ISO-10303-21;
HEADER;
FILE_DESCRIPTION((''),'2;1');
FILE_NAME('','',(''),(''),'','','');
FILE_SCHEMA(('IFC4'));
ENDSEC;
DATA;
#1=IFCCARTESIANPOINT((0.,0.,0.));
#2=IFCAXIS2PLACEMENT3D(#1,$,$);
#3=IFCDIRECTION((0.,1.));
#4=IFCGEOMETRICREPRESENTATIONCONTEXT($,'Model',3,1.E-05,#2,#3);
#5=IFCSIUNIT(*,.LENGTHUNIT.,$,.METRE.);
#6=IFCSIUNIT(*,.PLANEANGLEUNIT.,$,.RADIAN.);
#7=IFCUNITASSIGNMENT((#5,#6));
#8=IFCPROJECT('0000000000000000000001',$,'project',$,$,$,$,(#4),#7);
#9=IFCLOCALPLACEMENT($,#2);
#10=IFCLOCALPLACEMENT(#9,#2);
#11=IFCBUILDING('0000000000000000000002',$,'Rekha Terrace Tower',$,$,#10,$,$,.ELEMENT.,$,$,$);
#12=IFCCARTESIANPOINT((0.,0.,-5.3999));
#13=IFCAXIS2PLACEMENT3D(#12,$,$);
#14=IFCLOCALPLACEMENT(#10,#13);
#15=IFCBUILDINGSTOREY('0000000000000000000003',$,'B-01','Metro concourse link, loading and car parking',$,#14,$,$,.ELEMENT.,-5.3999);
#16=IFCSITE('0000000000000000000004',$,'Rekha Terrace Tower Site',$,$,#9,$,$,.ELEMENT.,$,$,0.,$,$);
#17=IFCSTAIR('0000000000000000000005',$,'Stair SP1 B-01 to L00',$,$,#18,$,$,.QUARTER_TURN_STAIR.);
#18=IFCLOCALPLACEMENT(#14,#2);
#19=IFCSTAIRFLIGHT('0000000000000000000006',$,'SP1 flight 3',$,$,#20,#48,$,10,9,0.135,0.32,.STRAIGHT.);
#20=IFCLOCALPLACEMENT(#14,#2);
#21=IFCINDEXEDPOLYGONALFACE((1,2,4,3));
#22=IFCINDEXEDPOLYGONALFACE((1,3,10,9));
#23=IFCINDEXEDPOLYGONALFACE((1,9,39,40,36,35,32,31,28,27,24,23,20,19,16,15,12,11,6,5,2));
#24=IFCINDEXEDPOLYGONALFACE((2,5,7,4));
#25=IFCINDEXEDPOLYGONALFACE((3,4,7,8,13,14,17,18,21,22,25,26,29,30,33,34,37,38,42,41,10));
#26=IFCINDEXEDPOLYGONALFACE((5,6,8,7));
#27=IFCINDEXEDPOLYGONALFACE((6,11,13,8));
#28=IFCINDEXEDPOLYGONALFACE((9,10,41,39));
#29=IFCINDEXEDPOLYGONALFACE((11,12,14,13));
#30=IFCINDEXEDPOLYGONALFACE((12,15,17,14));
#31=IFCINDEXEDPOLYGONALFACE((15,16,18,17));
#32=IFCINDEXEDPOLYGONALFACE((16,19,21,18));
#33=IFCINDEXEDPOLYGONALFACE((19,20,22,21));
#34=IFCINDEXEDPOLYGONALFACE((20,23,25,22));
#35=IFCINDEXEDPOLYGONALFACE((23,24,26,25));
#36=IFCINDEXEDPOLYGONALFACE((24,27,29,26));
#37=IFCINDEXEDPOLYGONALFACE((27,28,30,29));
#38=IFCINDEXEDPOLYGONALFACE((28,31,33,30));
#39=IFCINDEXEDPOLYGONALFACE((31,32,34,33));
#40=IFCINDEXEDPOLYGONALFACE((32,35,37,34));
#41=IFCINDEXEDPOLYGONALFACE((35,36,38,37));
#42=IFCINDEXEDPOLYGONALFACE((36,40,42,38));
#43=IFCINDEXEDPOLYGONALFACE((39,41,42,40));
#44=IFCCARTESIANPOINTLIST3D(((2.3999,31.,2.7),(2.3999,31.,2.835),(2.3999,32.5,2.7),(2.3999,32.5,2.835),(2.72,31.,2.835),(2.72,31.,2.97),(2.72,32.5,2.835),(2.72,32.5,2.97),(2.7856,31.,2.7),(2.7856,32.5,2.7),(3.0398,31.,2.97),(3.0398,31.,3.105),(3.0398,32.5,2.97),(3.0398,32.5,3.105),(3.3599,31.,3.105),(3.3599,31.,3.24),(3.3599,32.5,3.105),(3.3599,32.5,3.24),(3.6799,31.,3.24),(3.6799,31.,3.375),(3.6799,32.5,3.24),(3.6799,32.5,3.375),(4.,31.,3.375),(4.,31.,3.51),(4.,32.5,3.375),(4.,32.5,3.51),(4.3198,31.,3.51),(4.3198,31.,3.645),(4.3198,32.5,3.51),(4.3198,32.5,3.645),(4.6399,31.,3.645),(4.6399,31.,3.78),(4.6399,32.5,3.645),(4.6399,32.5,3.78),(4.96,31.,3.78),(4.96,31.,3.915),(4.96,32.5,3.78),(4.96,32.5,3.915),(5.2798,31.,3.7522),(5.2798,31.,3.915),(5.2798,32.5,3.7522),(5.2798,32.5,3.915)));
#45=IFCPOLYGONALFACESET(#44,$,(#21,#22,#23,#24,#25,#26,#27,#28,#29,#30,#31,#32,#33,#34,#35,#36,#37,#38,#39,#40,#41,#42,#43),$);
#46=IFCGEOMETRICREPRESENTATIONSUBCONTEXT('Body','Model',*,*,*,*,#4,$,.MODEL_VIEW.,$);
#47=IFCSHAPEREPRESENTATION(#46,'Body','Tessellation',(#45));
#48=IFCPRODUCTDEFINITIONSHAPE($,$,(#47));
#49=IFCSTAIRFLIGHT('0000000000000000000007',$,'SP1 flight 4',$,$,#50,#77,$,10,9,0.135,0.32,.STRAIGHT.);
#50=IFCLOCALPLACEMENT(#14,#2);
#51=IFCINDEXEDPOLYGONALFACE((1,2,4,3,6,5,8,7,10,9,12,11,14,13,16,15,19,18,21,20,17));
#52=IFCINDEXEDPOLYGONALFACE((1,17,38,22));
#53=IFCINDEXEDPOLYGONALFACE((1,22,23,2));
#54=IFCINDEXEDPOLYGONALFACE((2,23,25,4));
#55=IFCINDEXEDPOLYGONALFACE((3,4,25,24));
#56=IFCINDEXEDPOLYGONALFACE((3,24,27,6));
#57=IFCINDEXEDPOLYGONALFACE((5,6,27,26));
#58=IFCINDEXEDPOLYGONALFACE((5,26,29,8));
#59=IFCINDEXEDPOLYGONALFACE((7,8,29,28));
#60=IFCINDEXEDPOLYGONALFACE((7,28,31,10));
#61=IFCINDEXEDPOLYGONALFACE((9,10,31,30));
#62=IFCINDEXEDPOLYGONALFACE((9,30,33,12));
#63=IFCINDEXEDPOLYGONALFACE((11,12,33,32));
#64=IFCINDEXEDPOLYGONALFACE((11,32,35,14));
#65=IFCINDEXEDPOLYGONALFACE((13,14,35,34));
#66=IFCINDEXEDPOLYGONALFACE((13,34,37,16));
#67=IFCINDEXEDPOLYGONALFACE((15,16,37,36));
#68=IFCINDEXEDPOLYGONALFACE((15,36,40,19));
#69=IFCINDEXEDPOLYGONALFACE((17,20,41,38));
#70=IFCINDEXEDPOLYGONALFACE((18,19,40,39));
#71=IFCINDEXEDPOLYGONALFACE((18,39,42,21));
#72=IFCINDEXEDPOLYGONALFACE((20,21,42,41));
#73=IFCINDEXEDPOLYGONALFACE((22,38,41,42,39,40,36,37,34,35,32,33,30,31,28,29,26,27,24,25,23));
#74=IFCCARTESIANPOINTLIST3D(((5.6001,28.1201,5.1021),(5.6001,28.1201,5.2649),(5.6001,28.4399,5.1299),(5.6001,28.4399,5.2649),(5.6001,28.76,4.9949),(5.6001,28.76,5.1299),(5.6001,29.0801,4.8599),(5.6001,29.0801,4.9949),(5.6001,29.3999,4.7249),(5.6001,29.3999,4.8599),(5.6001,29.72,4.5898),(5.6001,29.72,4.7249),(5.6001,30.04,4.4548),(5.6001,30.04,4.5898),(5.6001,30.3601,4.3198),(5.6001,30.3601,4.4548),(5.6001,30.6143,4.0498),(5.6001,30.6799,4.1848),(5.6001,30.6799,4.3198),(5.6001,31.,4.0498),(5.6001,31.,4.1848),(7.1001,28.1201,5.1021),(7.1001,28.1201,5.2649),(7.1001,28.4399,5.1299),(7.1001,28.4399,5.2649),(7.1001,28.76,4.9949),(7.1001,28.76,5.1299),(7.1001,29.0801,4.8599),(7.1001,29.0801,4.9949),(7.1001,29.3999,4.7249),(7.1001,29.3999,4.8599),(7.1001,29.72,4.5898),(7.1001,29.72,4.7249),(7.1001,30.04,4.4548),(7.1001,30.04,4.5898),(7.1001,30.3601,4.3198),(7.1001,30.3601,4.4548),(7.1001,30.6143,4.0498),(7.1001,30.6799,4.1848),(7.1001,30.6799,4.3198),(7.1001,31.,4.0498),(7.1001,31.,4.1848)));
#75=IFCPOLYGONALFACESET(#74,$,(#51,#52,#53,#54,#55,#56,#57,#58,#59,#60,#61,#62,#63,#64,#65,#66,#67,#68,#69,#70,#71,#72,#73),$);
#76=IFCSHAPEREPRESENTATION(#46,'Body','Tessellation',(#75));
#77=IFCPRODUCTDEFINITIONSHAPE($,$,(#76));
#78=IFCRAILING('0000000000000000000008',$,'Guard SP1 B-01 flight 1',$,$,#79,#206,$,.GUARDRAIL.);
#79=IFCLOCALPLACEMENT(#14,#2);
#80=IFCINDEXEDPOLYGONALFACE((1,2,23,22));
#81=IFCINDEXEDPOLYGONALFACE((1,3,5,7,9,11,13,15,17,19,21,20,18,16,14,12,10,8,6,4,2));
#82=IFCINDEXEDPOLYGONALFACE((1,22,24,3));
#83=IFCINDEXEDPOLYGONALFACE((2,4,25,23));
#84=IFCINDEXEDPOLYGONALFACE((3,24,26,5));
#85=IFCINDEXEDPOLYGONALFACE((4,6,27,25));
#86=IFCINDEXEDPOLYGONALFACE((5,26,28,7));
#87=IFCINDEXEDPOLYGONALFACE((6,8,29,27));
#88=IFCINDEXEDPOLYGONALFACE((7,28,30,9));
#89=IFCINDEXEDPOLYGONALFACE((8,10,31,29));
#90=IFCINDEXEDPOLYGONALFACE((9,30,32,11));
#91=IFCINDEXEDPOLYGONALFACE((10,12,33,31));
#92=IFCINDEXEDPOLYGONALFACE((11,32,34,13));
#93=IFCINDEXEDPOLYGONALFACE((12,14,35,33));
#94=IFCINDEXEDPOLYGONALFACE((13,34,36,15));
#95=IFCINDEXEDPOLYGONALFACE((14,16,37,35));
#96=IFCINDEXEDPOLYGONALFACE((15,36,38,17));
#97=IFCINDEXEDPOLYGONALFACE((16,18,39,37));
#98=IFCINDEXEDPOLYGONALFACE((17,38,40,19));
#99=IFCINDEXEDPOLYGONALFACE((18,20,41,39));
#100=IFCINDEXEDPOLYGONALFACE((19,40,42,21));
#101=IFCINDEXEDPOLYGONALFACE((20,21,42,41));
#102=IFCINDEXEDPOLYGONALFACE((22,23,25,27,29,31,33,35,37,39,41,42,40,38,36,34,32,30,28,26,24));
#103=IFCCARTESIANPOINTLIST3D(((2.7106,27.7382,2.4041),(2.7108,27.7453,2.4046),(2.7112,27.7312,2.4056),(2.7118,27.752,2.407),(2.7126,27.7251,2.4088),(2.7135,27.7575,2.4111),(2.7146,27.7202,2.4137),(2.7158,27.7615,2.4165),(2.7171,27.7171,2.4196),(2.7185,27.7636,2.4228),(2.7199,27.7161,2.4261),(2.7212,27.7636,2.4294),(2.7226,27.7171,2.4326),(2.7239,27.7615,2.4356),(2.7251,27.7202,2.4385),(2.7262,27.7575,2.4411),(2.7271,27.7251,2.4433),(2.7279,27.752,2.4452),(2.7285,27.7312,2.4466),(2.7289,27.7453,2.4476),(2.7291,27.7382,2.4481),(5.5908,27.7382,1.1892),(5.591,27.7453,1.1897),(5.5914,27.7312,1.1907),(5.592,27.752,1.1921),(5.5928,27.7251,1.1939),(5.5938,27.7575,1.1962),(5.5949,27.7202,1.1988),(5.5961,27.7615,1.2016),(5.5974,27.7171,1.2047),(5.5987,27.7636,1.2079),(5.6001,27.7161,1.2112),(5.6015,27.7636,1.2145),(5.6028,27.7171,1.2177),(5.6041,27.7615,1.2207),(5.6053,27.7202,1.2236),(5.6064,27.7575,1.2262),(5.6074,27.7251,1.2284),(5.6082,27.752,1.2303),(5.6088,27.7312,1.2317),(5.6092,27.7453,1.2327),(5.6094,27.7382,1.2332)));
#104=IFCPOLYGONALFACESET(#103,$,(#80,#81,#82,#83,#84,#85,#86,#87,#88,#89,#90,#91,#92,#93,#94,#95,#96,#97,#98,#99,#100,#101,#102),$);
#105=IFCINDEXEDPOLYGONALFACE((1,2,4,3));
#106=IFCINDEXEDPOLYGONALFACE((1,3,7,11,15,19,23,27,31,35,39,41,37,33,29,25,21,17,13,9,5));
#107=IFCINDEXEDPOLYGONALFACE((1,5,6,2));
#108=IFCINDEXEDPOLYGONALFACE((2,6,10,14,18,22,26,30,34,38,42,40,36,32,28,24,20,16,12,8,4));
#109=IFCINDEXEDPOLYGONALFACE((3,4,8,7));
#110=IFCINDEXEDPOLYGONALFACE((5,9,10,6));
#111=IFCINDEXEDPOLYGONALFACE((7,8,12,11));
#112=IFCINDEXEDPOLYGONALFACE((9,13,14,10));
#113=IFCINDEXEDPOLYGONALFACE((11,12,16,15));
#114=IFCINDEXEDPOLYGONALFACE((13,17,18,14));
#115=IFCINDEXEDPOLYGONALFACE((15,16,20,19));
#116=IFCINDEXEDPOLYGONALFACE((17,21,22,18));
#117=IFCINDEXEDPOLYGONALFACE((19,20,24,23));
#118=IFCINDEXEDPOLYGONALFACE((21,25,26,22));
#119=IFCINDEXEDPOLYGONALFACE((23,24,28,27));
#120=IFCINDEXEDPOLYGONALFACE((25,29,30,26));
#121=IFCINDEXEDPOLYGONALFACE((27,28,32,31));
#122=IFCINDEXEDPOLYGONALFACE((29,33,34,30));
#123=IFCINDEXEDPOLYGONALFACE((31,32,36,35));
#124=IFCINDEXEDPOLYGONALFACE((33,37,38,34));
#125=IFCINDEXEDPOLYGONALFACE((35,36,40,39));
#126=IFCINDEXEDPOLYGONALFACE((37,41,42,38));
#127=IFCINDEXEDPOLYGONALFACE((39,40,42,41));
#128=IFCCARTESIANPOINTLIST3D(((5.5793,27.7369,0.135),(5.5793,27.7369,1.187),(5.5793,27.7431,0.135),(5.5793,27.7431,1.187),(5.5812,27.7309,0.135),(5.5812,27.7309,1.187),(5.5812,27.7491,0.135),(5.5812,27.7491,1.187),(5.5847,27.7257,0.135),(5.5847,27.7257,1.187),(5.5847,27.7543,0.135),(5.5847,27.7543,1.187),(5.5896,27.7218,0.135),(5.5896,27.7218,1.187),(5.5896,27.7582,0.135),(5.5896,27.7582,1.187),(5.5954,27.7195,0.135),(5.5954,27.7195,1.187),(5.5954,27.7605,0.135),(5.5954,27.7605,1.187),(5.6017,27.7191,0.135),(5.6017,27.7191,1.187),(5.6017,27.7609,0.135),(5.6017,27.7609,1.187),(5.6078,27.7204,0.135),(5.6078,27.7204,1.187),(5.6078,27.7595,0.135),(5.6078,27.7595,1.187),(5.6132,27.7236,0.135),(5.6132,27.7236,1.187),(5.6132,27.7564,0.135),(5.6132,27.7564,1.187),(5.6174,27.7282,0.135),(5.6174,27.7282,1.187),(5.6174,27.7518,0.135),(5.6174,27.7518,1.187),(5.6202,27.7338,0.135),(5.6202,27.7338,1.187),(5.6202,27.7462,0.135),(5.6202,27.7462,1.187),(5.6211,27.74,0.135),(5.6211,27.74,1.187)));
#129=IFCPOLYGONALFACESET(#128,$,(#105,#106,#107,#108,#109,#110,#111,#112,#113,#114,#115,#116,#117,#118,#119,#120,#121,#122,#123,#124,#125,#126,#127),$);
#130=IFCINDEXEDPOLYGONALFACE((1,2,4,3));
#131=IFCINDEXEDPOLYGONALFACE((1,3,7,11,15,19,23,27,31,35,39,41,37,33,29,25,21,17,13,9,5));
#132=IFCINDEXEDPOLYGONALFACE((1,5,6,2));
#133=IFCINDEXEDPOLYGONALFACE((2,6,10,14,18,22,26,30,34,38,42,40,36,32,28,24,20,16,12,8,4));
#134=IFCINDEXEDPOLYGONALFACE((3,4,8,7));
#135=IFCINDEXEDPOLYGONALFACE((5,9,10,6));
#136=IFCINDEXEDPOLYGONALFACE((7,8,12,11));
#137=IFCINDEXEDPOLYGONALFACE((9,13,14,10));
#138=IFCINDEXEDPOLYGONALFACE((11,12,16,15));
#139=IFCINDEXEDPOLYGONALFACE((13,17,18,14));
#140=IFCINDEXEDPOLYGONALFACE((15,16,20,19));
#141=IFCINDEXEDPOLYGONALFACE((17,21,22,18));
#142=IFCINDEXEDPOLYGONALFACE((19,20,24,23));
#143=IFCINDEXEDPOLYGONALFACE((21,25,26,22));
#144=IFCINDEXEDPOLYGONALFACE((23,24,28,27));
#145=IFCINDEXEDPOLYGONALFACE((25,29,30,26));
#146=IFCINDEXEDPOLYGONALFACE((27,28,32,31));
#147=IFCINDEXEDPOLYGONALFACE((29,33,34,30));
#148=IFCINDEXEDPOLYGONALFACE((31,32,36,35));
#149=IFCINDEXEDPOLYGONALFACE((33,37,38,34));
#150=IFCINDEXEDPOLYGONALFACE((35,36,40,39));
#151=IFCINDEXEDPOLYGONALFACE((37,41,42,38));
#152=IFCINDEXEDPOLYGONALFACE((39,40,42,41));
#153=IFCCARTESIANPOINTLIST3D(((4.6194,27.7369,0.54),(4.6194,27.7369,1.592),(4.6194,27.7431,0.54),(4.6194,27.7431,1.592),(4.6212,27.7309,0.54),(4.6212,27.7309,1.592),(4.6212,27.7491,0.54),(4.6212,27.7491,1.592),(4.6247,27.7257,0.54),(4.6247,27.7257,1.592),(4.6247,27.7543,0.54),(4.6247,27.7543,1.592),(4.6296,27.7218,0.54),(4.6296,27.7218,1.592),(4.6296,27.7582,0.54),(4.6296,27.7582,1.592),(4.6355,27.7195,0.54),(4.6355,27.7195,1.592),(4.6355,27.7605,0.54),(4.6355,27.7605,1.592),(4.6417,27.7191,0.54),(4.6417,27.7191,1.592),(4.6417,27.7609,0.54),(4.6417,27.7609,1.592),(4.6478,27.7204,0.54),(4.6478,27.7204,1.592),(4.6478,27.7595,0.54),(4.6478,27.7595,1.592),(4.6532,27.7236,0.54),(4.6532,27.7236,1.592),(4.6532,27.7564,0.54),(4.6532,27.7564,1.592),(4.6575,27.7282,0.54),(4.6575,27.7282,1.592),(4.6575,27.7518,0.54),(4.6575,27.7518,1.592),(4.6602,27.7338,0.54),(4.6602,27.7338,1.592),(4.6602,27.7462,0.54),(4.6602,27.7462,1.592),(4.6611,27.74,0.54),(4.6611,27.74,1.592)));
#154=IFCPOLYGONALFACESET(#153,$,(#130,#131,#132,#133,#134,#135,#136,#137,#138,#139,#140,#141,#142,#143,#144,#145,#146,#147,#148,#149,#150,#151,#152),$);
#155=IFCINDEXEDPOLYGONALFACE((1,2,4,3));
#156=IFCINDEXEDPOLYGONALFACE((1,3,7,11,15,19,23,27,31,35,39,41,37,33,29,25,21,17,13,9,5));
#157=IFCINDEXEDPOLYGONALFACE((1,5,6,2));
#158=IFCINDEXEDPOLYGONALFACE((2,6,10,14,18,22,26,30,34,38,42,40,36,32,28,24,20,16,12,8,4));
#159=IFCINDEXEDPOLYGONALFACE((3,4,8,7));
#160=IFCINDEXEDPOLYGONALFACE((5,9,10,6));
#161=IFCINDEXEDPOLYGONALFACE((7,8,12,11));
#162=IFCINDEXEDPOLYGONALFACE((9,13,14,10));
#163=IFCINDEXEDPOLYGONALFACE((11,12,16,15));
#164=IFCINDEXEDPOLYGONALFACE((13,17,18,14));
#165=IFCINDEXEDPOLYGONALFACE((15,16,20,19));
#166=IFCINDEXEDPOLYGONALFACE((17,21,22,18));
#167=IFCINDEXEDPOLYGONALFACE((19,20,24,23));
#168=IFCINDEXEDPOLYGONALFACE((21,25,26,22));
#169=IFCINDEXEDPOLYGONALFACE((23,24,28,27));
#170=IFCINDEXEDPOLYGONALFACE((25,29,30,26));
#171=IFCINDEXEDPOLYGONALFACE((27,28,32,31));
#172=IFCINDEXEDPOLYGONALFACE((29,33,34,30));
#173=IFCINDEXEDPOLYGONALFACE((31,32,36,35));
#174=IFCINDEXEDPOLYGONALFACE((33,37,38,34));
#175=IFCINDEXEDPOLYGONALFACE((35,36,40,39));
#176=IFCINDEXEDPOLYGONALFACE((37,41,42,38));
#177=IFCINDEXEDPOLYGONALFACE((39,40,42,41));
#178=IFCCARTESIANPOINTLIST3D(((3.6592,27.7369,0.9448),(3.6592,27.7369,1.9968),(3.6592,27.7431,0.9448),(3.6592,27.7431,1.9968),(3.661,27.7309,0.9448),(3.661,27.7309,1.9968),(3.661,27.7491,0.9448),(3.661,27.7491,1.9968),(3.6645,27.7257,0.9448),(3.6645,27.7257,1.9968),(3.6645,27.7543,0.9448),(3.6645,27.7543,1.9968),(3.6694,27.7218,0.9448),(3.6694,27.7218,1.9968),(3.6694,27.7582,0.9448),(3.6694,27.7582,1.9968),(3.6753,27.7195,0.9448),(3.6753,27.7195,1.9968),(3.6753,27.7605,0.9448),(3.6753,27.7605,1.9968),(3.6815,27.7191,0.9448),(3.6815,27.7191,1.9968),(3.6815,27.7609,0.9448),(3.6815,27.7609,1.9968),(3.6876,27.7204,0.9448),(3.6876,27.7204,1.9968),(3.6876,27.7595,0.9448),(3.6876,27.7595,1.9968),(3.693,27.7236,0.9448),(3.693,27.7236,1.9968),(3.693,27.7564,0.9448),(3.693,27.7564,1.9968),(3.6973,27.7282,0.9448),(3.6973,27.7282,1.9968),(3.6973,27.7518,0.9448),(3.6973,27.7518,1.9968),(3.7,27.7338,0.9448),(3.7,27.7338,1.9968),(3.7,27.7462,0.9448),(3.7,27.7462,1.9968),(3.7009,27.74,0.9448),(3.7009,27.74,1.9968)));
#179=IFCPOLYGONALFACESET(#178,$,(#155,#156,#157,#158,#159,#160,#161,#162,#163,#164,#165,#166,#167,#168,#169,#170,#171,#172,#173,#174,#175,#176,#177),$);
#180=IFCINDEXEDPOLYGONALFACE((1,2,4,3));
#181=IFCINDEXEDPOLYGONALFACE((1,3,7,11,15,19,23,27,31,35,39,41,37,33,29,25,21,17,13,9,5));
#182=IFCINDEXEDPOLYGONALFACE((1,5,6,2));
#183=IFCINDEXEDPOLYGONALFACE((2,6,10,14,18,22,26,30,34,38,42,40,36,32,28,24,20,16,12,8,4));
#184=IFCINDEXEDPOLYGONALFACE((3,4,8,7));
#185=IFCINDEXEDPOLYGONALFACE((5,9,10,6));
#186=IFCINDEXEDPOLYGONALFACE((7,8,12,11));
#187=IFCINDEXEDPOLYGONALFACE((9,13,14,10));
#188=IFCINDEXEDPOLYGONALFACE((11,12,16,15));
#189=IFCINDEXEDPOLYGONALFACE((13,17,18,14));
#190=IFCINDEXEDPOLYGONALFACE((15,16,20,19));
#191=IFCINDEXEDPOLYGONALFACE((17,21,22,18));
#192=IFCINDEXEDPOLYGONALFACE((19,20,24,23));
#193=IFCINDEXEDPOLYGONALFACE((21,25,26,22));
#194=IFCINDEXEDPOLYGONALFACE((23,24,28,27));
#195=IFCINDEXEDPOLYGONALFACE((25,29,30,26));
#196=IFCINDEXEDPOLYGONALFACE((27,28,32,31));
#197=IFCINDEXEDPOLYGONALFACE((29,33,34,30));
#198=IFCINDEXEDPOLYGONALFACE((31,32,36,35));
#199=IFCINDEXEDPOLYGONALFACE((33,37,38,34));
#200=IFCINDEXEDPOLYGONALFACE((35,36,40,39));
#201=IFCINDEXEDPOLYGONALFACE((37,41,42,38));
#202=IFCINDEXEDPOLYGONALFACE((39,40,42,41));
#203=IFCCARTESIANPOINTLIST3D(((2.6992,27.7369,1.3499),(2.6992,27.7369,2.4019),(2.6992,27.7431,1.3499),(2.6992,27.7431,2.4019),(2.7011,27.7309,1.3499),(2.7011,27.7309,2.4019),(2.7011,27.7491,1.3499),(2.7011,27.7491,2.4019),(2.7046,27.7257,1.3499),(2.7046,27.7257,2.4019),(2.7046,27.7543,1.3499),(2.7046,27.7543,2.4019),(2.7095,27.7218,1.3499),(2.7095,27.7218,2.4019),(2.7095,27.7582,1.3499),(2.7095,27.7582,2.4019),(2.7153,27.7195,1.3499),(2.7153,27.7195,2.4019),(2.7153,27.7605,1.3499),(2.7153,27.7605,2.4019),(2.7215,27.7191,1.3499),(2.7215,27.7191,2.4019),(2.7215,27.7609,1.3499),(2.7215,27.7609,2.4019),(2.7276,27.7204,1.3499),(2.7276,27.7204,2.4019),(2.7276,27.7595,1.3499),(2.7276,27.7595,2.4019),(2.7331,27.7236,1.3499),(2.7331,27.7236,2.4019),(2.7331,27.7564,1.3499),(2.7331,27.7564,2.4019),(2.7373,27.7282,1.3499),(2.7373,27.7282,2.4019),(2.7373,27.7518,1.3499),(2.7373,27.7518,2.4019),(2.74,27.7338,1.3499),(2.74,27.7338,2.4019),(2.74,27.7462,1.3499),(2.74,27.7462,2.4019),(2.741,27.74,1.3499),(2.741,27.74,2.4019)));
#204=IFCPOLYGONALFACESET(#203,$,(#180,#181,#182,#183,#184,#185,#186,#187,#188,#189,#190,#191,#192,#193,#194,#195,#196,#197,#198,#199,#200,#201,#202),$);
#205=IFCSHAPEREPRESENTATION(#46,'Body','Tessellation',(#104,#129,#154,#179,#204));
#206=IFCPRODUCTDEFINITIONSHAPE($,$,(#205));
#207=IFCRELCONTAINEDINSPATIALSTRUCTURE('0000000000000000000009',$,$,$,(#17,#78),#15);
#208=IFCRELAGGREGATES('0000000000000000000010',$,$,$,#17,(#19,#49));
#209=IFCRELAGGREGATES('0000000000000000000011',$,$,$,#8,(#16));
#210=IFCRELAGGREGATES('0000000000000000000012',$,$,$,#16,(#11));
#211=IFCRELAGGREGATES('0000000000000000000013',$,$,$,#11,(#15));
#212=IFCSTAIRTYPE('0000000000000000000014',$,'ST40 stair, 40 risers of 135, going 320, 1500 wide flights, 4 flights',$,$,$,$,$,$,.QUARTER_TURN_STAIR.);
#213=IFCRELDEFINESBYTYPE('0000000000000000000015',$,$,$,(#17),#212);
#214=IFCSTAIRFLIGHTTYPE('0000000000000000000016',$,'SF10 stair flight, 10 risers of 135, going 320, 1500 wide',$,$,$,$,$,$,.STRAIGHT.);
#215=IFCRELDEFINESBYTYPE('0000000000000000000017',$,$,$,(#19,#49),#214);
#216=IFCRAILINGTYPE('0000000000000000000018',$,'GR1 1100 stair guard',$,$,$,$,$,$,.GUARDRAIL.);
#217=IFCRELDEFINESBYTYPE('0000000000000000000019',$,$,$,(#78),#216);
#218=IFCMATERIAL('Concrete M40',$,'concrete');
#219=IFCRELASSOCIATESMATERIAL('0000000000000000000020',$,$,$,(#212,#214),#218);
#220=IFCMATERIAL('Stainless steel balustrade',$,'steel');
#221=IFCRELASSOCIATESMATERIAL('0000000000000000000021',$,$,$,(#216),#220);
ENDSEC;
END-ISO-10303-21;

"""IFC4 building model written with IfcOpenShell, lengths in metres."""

from ifc_helpers import new_model, si_unit, direction, frame, origin, origin_2d, place, context, subcontext, project, spatial, polyline, circle, outline, extrude, material, type_object, element, aggregate, save


model = new_model("IFC4")

# Units and contexts
model_context = context("Model", 3, precision=1e-05, world=origin(), true_north=direction((0.0, 1.0)))
body_context = subcontext(model_context, "Body", "Model", "MODEL_VIEW")
ifc_project = project(units=[si_unit("LENGTHUNIT", "METRE"), si_unit("PLANEANGLEUNIT", "RADIAN")], contexts=[model_context])

# Site, building, storey
site_placement = place(None, origin())
site = spatial("IfcSite", under=ifc_project, at=site_placement, Name="Rekha Terrace Tower Site", CompositionType="ELEMENT", RefElevation=0.0)
building_placement = place(site_placement, origin())
building = spatial("IfcBuilding", under=site, at=building_placement, Name="Rekha Terrace Tower", CompositionType="ELEMENT")
storey_placement = place(building_placement, frame((0.0, 0.0, -5.3999)))
storey = spatial("IfcBuildingStorey", under=building, at=storey_placement, Name="B-01", Description="Metro concourse link, loading and car parking", CompositionType="ELEMENT", Elevation=-5.3999)

# Shared definitions
ifc_material_1 = material(Name="Concrete M40", Category="concrete")

# Stair, stair flights
stair_type = type_object("IfcStairType", Name="ST40 stair, 40 risers of 135, going 320, 1500 wide flights, 4 flights", PredefinedType="QUARTER_TURN_STAIR", material=ifc_material_1)
stair_placement = place(storey_placement, origin())
stair = element("IfcStair", 1, at=stair_placement, inside=storey, type_object=stair_type, Name="Stair SP1 B-01 to L00", PredefinedType="QUARTER_TURN_STAIR")
stair_flight_type = type_object("IfcStairFlightType", Name="SF10 stair flight, 10 risers of 135, going 320, 1500 wide", PredefinedType="STRAIGHT", material=ifc_material_1)
stair_flight_1_placement = place(storey_placement, frame((2.3999, 31.75, 2.7), z_axis=(0.0, 0.0, 1.0), x_axis=(1.0, 0.0, 0.0)))
stair_flight_1 = element("IfcStairFlight", 2, at=stair_flight_1_placement, type_object=stair_flight_type, Name="SP1 flight 3", NumberOfRisers=10, NumberOfTreads=9, PredefinedType="STRAIGHT", RiserHeight=0.135, TreadLength=0.32, context=body_context, shape_type="SweptSolid", body=[
    extrude(outline(polyline([(0.0, 0.0), (0.0, 0.135), (0.3201, 0.135), (0.3201, 0.27), (0.6399, 0.27), (0.6399, 0.405), (0.96, 0.405), (0.96, 0.54), (1.28, 0.54), (1.28, 0.675), (1.6001, 0.675), (1.6001, 0.8101), (1.9199, 0.8101), (1.9199, 0.9451), (2.24, 0.9451), (2.24, 1.0801), (2.5601, 1.0801), (2.5601, 1.2151), (2.8799, 1.2151), (2.8799, 1.3501), (2.8799, 1.0522), (0.3857, 0.0), (0.0, 0.0)])), frame((0.0, 0.75, 0.0), z_axis=(0.0, -1.0, 0.0), x_axis=(1.0, 0.0, 0.0)), (0.0, 0.0, 1.0), 1.5),
])
stair_flight_2_placement = place(storey_placement, frame((6.3501, 31.0, 4.0498), z_axis=(0.0, 0.0, 1.0), x_axis=(0.0, -1.0, 0.0)))
stair_flight_2 = element("IfcStairFlight", 3, at=stair_flight_2_placement, type_object=stair_flight_type, Name="SP1 flight 4", NumberOfRisers=10, NumberOfTreads=9, PredefinedType="STRAIGHT", RiserHeight=0.135, TreadLength=0.32, context=body_context, shape_type="SweptSolid", body=[
    extrude(outline(polyline([(0.0, 0.0), (0.0, 0.135), (0.3201, 0.135), (0.3201, 0.27), (0.6399, 0.27), (0.6399, 0.405), (0.96, 0.405), (0.96, 0.54), (1.28, 0.54), (1.28, 0.675), (1.6001, 0.675), (1.6001, 0.8101), (1.9199, 0.8101), (1.9199, 0.9451), (2.24, 0.9451), (2.24, 1.0801), (2.5601, 1.0801), (2.5601, 1.2151), (2.8799, 1.2151), (2.8799, 1.3501), (2.8799, 1.0522), (0.3857, 0.0), (0.0, 0.0)])), frame((0.0, 0.75, 0.0), z_axis=(0.0, -1.0, 0.0), x_axis=(1.0, 0.0, 0.0)), (0.0, 0.0, 1.0), 1.5),
])
aggregate(stair, [stair_flight_1, stair_flight_2])

# Railing
ifc_material_2 = material(Name="Stainless steel balustrade", Category="steel")
railing_type_1 = type_object("IfcRailingType", Name="GR1 1100 stair guard", PredefinedType="GUARDRAIL", material=ifc_material_2)
railing_1_placement = place(storey_placement, frame((5.6001, 27.74, 0.135)))
element("IfcRailing", 4, at=railing_1_placement, inside=storey, type_object=railing_type_1, Name="Guard SP1 B-01 flight 1", PredefinedType="GUARDRAIL", context=body_context, shape_type="SweptSolid", body=[
    extrude(circle(Radius=0.0239, at=origin_2d()), frame((0.0, 0.0, 1.0762), z_axis=(-0.921388, 0.0, 0.388644), x_axis=(0.0, -1.0, 0.0)), (0.0, 0.0, 1.0), 3.126),
    extrude(circle(Radius=0.021, at=origin_2d()), origin(), (0.0, 0.0, 1.0), 1.052),
    extrude(circle(Radius=0.021, at=origin_2d()), frame((-0.96, 0.0, 0.405)), (0.0, 0.0, 1.0), 1.052),
    extrude(circle(Radius=0.021, at=origin_2d()), frame((-1.9202, 0.0, 0.8098)), (0.0, 0.0, 1.0), 1.052),
    extrude(circle(Radius=0.021, at=origin_2d()), frame((-2.8801, 0.0, 1.2148)), (0.0, 0.0, 1.0), 1.052),
])

save(model, "model.ifc")
